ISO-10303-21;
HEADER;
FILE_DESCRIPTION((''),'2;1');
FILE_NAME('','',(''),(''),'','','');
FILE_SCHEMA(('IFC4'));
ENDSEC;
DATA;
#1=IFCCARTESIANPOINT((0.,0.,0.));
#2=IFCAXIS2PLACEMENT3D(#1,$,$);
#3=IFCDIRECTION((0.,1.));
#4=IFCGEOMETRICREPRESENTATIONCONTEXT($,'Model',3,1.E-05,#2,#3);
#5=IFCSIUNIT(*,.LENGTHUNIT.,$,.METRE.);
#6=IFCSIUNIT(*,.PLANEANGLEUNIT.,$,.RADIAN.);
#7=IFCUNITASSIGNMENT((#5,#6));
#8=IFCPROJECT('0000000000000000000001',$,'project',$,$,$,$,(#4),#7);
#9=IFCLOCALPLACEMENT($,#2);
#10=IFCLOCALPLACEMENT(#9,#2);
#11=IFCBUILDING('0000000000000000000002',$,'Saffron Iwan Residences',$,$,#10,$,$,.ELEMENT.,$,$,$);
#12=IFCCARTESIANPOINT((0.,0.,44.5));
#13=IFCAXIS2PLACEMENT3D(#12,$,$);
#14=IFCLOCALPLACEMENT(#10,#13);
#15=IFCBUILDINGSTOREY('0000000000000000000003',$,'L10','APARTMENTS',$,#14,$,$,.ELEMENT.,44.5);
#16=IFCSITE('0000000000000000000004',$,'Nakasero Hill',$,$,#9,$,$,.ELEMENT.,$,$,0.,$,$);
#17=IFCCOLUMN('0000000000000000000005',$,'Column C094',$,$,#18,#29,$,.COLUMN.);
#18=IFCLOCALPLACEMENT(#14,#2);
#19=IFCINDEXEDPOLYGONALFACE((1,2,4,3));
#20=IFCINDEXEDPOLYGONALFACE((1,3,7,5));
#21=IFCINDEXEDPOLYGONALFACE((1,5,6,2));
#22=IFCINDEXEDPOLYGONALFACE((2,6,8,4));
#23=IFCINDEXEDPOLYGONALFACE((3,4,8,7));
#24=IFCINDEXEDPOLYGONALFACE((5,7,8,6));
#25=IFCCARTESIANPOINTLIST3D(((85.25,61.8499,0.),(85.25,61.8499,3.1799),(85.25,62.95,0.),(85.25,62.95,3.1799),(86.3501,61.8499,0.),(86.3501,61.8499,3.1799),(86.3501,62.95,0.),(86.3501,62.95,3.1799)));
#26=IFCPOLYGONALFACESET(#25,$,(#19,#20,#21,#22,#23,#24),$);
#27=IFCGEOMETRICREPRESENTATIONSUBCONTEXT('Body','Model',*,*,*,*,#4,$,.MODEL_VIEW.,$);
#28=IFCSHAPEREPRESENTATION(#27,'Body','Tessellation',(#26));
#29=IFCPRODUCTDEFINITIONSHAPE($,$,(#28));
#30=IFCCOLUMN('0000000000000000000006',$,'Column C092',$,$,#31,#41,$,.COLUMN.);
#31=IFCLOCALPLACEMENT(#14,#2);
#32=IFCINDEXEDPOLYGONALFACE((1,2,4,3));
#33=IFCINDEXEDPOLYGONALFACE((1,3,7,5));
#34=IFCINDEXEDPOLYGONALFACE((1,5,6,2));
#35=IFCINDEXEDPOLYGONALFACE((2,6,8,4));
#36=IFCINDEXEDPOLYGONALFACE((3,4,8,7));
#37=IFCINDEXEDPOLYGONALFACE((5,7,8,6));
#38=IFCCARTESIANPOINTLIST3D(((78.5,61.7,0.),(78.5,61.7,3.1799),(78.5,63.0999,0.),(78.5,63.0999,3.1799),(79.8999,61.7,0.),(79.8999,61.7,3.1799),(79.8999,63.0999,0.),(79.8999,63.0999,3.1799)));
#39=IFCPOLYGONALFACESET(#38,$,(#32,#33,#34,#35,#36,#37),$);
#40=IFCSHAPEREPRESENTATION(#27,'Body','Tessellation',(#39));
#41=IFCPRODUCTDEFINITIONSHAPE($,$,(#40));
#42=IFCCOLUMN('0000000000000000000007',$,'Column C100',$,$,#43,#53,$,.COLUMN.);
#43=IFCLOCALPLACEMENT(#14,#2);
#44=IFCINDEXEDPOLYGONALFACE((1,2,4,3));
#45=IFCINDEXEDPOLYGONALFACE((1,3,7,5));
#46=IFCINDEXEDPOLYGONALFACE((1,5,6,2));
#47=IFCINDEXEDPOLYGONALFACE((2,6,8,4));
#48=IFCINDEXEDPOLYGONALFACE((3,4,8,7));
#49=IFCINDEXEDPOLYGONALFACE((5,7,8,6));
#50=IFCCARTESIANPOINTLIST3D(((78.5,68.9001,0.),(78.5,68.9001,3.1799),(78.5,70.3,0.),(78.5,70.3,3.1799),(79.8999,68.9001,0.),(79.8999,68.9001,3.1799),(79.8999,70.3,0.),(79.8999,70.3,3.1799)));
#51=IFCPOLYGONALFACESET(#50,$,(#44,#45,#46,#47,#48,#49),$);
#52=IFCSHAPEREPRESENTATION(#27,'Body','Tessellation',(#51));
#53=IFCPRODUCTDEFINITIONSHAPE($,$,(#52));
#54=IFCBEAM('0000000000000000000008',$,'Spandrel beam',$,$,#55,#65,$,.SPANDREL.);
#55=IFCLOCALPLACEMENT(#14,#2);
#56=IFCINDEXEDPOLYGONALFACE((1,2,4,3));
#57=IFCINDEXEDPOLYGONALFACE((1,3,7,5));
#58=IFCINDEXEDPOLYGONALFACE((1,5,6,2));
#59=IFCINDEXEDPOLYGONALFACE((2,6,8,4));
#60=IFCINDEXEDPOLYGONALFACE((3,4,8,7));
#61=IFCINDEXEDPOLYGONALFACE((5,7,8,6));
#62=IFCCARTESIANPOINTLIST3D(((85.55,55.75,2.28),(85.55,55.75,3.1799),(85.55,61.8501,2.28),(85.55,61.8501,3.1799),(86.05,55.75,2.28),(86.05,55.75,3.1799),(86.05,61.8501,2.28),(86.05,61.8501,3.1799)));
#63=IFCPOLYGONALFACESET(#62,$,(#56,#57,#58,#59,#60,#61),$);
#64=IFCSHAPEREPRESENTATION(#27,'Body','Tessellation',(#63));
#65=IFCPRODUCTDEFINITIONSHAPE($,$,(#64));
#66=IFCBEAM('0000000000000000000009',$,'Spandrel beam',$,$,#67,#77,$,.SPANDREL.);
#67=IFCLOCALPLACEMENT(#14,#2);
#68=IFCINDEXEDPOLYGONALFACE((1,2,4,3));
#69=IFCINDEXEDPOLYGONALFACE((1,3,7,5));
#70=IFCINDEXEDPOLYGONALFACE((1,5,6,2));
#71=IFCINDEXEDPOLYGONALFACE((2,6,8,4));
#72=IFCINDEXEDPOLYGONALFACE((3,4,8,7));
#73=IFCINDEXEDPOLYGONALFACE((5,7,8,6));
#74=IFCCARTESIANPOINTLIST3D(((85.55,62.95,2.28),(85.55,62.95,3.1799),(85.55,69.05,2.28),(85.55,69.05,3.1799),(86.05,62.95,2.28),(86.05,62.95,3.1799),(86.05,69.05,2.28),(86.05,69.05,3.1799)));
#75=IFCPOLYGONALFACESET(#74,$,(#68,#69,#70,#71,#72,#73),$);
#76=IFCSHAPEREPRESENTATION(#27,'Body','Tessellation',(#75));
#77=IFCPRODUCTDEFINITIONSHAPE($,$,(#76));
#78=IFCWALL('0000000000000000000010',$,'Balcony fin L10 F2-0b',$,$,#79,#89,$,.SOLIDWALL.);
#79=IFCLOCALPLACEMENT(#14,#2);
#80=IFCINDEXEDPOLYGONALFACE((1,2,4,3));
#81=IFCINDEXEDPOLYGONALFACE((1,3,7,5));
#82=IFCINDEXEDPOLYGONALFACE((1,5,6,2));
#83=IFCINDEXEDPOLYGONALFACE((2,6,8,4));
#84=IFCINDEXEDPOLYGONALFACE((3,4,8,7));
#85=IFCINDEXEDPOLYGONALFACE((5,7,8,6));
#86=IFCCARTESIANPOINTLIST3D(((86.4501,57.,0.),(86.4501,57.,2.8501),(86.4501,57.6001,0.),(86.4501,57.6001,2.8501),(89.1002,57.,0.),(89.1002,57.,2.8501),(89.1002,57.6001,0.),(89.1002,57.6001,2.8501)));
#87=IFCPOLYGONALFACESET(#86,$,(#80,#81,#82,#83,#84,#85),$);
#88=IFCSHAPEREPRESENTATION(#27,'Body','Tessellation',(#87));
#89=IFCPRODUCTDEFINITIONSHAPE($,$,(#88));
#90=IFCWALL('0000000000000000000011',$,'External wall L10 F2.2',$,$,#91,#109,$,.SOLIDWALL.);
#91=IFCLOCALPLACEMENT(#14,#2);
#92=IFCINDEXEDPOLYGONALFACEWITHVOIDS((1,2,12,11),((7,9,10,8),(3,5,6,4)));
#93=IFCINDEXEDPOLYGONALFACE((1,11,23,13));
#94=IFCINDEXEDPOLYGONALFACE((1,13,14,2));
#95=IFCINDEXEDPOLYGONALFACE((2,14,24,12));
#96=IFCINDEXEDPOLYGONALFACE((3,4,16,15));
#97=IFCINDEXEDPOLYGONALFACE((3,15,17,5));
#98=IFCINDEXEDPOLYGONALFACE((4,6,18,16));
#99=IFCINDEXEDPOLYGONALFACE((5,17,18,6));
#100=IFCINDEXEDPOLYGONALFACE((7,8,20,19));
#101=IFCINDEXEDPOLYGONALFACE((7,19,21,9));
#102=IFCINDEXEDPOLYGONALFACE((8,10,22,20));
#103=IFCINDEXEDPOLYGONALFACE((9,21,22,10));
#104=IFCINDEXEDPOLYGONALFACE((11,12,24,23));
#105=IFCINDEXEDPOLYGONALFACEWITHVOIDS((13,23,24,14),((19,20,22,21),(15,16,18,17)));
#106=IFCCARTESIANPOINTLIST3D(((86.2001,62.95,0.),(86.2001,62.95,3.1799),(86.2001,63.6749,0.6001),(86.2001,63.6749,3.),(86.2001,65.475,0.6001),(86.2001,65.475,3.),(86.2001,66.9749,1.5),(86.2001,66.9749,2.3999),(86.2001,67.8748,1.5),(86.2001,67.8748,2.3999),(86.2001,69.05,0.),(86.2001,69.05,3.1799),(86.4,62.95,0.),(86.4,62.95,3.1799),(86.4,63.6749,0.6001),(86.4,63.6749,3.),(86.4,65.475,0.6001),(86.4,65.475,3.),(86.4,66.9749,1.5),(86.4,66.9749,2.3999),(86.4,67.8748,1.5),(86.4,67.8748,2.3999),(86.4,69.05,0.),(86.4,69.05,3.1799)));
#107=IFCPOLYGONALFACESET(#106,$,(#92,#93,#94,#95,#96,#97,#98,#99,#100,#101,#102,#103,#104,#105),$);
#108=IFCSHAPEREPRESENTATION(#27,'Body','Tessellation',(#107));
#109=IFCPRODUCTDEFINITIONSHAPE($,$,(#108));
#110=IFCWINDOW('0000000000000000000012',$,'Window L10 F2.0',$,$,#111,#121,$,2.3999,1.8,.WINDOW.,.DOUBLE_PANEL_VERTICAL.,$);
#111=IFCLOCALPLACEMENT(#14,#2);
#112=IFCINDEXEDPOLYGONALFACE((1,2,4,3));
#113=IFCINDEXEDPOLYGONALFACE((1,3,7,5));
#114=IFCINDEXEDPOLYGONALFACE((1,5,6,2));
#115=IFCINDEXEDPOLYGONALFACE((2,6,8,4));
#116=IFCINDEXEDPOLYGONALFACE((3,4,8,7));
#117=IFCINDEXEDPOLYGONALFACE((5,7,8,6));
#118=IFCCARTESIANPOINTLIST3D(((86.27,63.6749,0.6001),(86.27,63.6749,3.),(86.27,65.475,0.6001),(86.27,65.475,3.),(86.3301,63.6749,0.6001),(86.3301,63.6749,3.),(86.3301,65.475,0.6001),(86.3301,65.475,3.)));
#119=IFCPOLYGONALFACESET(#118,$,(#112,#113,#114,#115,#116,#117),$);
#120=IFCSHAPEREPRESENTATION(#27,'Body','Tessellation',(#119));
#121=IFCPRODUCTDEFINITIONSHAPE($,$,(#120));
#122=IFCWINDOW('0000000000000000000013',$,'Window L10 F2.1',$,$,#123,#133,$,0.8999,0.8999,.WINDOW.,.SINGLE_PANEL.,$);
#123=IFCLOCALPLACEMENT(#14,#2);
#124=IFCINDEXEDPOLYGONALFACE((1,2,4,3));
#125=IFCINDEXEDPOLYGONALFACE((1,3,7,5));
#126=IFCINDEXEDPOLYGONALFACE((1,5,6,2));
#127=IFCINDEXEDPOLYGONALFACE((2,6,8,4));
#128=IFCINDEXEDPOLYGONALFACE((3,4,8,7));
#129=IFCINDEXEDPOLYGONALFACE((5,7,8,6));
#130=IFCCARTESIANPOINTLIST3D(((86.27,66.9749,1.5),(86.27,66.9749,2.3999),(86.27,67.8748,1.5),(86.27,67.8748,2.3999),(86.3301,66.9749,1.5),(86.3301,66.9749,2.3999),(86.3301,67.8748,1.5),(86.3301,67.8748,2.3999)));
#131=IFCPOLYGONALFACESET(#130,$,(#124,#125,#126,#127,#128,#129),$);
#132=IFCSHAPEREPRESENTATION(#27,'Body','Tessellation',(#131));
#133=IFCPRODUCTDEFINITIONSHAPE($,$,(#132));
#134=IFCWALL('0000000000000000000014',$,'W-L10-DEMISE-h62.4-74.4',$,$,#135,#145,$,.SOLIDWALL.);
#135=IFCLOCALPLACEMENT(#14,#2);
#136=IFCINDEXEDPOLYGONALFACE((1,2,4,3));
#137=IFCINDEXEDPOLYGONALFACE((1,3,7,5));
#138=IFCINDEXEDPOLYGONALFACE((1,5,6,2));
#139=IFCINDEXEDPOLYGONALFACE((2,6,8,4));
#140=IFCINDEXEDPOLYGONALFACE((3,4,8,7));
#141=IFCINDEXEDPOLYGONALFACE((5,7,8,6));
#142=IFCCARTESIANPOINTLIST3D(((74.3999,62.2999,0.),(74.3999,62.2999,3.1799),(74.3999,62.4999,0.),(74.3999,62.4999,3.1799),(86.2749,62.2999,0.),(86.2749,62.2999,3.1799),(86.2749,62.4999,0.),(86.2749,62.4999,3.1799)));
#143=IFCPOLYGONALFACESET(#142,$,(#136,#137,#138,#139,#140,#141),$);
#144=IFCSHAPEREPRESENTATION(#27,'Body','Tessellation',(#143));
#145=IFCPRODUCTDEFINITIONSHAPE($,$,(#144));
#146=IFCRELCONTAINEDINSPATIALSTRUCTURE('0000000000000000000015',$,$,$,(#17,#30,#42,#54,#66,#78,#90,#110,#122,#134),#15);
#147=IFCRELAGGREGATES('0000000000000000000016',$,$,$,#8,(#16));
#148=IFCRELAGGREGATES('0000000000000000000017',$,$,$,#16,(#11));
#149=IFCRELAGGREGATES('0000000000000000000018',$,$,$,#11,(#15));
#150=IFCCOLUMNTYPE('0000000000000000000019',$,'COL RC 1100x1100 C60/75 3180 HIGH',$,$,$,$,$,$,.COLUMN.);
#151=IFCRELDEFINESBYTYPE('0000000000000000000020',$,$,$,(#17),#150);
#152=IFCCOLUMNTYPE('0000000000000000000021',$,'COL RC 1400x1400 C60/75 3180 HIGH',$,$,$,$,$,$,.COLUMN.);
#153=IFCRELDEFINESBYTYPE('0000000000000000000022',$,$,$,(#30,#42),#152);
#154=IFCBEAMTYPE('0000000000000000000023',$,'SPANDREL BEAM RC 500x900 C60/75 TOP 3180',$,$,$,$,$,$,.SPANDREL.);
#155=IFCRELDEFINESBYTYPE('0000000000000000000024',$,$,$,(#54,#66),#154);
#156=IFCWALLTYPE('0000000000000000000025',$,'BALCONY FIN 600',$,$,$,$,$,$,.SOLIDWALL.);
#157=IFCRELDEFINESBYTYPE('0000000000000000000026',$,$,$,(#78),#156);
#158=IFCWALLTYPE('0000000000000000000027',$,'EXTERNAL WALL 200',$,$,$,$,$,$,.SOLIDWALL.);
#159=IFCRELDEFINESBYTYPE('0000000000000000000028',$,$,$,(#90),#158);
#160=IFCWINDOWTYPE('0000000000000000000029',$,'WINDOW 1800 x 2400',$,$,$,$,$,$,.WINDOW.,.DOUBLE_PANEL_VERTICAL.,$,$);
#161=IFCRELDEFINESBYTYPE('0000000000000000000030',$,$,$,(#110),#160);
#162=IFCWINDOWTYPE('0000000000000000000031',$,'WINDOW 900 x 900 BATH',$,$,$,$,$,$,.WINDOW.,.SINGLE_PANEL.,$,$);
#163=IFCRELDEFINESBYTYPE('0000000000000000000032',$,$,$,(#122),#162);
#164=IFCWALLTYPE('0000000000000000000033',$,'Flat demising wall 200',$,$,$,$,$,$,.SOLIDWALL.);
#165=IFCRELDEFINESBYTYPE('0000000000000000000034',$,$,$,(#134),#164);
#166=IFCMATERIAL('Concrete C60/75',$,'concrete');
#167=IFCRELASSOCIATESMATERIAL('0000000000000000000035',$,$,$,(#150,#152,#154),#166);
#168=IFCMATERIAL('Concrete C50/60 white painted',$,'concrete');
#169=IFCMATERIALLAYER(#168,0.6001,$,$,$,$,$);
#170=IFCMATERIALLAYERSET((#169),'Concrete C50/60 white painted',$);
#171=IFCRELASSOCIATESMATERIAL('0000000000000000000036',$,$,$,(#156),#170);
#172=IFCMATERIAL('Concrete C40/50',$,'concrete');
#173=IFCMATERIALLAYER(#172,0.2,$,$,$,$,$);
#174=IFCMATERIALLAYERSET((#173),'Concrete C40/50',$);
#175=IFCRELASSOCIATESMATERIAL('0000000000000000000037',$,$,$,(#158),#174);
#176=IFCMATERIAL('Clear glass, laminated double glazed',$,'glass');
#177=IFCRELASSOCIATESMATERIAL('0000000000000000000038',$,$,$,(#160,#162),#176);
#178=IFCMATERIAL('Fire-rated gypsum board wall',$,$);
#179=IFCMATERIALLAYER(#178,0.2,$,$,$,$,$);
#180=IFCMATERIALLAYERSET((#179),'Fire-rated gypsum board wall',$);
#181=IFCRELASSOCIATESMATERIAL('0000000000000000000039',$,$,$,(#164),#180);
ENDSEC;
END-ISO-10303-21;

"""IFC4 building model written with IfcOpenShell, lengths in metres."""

from ifc_helpers import new_model, si_unit, direction, frame, frame_2d, origin, origin_2d, place, context, subcontext, project, spatial, rectangle, extrude, source, transform, mapped, material, layer, layer_set, material_profile, profile_set, type_object, element, fill, save


model = new_model("IFC4")

# Units and contexts
model_context = context("Model", 3, precision=1e-05, world=origin(), true_north=direction((0.0, 1.0)))
body_context = subcontext(model_context, "Body", "Model", "MODEL_VIEW")
ifc_project = project(units=[si_unit("LENGTHUNIT", "METRE"), si_unit("PLANEANGLEUNIT", "RADIAN")], contexts=[model_context])

# Site, building, storey
site_placement = place(None, origin())
site = spatial("IfcSite", under=ifc_project, at=site_placement, Name="Nakasero Hill", CompositionType="ELEMENT", RefElevation=0.0)
building_placement = place(site_placement, origin())
building = spatial("IfcBuilding", under=site, at=building_placement, Name="Saffron Iwan Residences", CompositionType="ELEMENT")
storey_placement = place(building_placement, frame((0.0, 0.0, 44.5)))
storey = spatial("IfcBuildingStorey", under=building, at=storey_placement, Name="L10", Description="APARTMENTS", CompositionType="ELEMENT", Elevation=44.5)

# Columns
ifc_material_1 = material(Name="Concrete C60/75", Category="concrete")
ifc_material_profile_1 = material_profile(ifc_material_1, rectangle(XDim=1.1001, YDim=1.1001, at=origin_2d()), Name="RC 1100x1100")
ifc_profile_set_1 = profile_set([ifc_material_profile_1], Name="Concrete C60/75")
column_type_1 = type_object("IfcColumnType", Name="COL RC 1100x1100 C60/75 3180 HIGH", PredefinedType="COLUMN", material=ifc_profile_set_1)
shared_shape_1 = source(origin(), body_context, "Body", "SweptSolid", [
    extrude(rectangle(XDim=1.1001, YDim=1.1001, at=origin_2d()), origin(), (0.0, 0.0, 1.0), 3.1799),
])
column_placement = place(storey_placement, frame((85.8, 62.3999, 0.0), z_axis=(0.0, 0.0, 1.0), x_axis=(1.0, 0.0, 0.0)))
element("IfcColumn", 1, at=column_placement, inside=storey, type_object=column_type_1, Name="Column C094", PredefinedType="COLUMN", context=body_context, shape_type="MappedRepresentation", body=[
    mapped(shared_shape_1, transform((0.0, 0.0, 0.0))),
])
ifc_material_profile_2 = material_profile(ifc_material_1, rectangle(XDim=1.3999, YDim=1.3999, at=origin_2d()), Name="RC 1400x1400")
ifc_profile_set_2 = profile_set([ifc_material_profile_2], Name="Concrete C60/75")
column_type_2 = type_object("IfcColumnType", Name="COL RC 1400x1400 C60/75 3180 HIGH", PredefinedType="COLUMN", material=ifc_profile_set_2)
shared_shape_2 = source(origin(), body_context, "Body", "SweptSolid", [
    extrude(rectangle(XDim=1.3999, YDim=1.3999, at=origin_2d()), origin(), (0.0, 0.0, 1.0), 3.1799),
])
for number, where, z_axis, x_axis, name in (
    (2, (79.2, 62.3999, 0.0), (0.0, 0.0, 1.0), (1.0, 0.0, 0.0), "Column C092"),
    (3, (79.2, 69.6001, 0.0), (0.0, 0.0, 1.0), (1.0, 0.0, 0.0), "Column C100"),
):
    element("IfcColumn", number, at=place(storey_placement, frame(where, z_axis=z_axis, x_axis=x_axis)), inside=storey, type_object=column_type_2, Name=name, PredefinedType="COLUMN", context=body_context, shape_type="MappedRepresentation", body=[
        mapped(shared_shape_2, transform((0.0, 0.0, 0.0))),
    ])

# Beams
ifc_material_profile_3 = material_profile(ifc_material_1, rectangle(XDim=0.5, YDim=0.8999, at=origin_2d()), Name="RC 500x900")
ifc_profile_set_3 = profile_set([ifc_material_profile_3], Name="Concrete C60/75")
beam_type = type_object("IfcBeamType", Name="SPANDREL BEAM RC 500x900 C60/75 TOP 3180", PredefinedType="SPANDREL", material=ifc_profile_set_3)
shared_shape_3 = source(origin(), body_context, "Body", "SweptSolid", [
    extrude(rectangle(XDim=0.5, YDim=0.8999, at=origin_2d()), origin(), (0.0, 0.0, 1.0), 6.1001),
])
for number, where, z_axis, x_axis, name in (
    (4, (85.8, 61.8501, 2.73), (0.0, -1.0, 0.0), (1.0, 0.0, 0.0), "Spandrel beam"),
    (5, (85.8, 69.05, 2.73), (0.0, -1.0, 0.0), (1.0, 0.0, 0.0), "Spandrel beam"),
):
    element("IfcBeam", number, at=place(storey_placement, frame(where, z_axis=z_axis, x_axis=x_axis)), inside=storey, type_object=beam_type, Name=name, PredefinedType="SPANDREL", context=body_context, shape_type="MappedRepresentation", body=[
        mapped(shared_shape_3, transform((0.0, 0.0, 0.0))),
    ])

# Wall
ifc_material_2 = material(Name="Concrete C50/60 white painted", Category="concrete")
ifc_layer_1 = layer(ifc_material_2, 0.6001)
ifc_layer_set_1 = layer_set([ifc_layer_1], Name="Concrete C50/60 white painted")
wall_type_1 = type_object("IfcWallType", Name="BALCONY FIN 600", PredefinedType="SOLIDWALL", material=ifc_layer_set_1)
wall_1_placement = place(storey_placement, frame((86.45, 57.3, 0.0), z_axis=(0.0, 0.0, 1.0), x_axis=(1.0, 0.0, 0.0)))
element("IfcWall", 6, at=wall_1_placement, inside=storey, type_object=wall_type_1, Name="Balcony fin L10 F2-0b", PredefinedType="SOLIDWALL", context=body_context, shape_type="SweptSolid", body=[
    extrude(rectangle(XDim=2.6501, YDim=0.6001, at=frame_2d((1.3252, 0.0))), origin(), (0.0, 0.0, 1.0), 2.8501),
])

# Wall, openings, windows
ifc_material_3 = material(Name="Concrete C40/50", Category="concrete")
ifc_layer_2 = layer(ifc_material_3, 0.2)
ifc_layer_set_2 = layer_set([ifc_layer_2], Name="Concrete C40/50")
wall_type_2 = type_object("IfcWallType", Name="EXTERNAL WALL 200", PredefinedType="SOLIDWALL", material=ifc_layer_set_2)
wall_2_placement = place(storey_placement, frame((86.3, 62.95, 0.0), z_axis=(0.0, 0.0, 1.0), x_axis=(0.0, 1.0, 0.0)))
wall_2 = element("IfcWall", 7, at=wall_2_placement, inside=storey, type_object=wall_type_2, Name="External wall L10 F2.2", PredefinedType="SOLIDWALL", context=body_context, shape_type="SweptSolid", body=[
    extrude(rectangle(XDim=6.1001, YDim=0.2, at=frame_2d((3.05, 0.0))), origin(), (0.0, 0.0, 1.0), 3.1799),
])
opening_1_placement = place(wall_2_placement, frame((0.7251, 0.0, 0.6001)))
opening_1 = element("IfcOpeningElement", 8, at=opening_1_placement, cuts=wall_2, PredefinedType="OPENING", context=body_context, shape_type="SweptSolid", body=[
    extrude(rectangle(XDim=1.8, YDim=2.3999, at=frame_2d((0.8999, 1.2))), frame((0.0, 0.1099, 0.0), z_axis=(0.0, -1.0, 0.0), x_axis=(1.0, 0.0, 0.0)), (0.0, 0.0, 1.0), 0.22),
])
opening_2_placement = place(wall_2_placement, frame((4.0249, 0.0, 1.5)))
opening_2 = element("IfcOpeningElement", 9, at=opening_2_placement, cuts=wall_2, PredefinedType="OPENING", context=body_context, shape_type="SweptSolid", body=[
    extrude(rectangle(XDim=0.8999, YDim=0.8999, at=frame_2d((0.45, 0.45))), frame((0.0, 0.1099, 0.0), z_axis=(0.0, -1.0, 0.0), x_axis=(1.0, 0.0, 0.0)), (0.0, 0.0, 1.0), 0.22),
])
ifc_material_4 = material(Name="Clear glass, laminated double glazed", Category="glass")
window_type_1 = type_object("IfcWindowType", Name="WINDOW 1800 x 2400", PartitioningType="DOUBLE_PANEL_VERTICAL", PredefinedType="WINDOW", material=ifc_material_4)
window_1_placement = place(opening_1_placement, origin())
window_1 = element("IfcWindow", 10, at=window_1_placement, inside=storey, type_object=window_type_1, Name="Window L10 F2.0", OverallHeight=2.3999, OverallWidth=1.8, PartitioningType="DOUBLE_PANEL_VERTICAL", PredefinedType="WINDOW", context=body_context, shape_type="SweptSolid", body=[
    extrude(rectangle(XDim=1.8, YDim=2.3999, at=frame_2d((0.8999, 1.2))), frame((0.0, 0.03, 0.0), z_axis=(0.0, -1.0, 0.0), x_axis=(1.0, 0.0, 0.0)), (0.0, 0.0, 1.0), 0.0601),
])
fill(opening_1, window_1)
window_type_2 = type_object("IfcWindowType", Name="WINDOW 900 x 900 BATH", PartitioningType="SINGLE_PANEL", PredefinedType="WINDOW", material=ifc_material_4)
window_2_placement = place(opening_2_placement, origin())
window_2 = element("IfcWindow", 11, at=window_2_placement, inside=storey, type_object=window_type_2, Name="Window L10 F2.1", OverallHeight=0.8999, OverallWidth=0.8999, PartitioningType="SINGLE_PANEL", PredefinedType="WINDOW", context=body_context, shape_type="SweptSolid", body=[
    extrude(rectangle(XDim=0.8999, YDim=0.8999, at=frame_2d((0.45, 0.45))), frame((0.0, 0.03, 0.0), z_axis=(0.0, -1.0, 0.0), x_axis=(1.0, 0.0, 0.0)), (0.0, 0.0, 1.0), 0.0601),
])
fill(opening_2, window_2)

# Wall
ifc_material_5 = material(Name="Fire-rated gypsum board wall")
ifc_layer_3 = layer(ifc_material_5, 0.2)
ifc_layer_set_3 = layer_set([ifc_layer_3], Name="Fire-rated gypsum board wall")
wall_type_3 = type_object("IfcWallType", Name="Flat demising wall 200", PredefinedType="SOLIDWALL", material=ifc_layer_set_3)
wall_3_placement = place(storey_placement, frame((74.3999, 62.3999, 0.0), z_axis=(0.0, 0.0, 1.0), x_axis=(1.0, 0.0, 0.0)))
element("IfcWall", 12, at=wall_3_placement, inside=storey, type_object=wall_type_3, Name="W-L10-DEMISE-h62.4-74.4", PredefinedType="SOLIDWALL", context=body_context, shape_type="SweptSolid", body=[
    extrude(rectangle(XDim=11.875, YDim=0.2, at=frame_2d((5.9375, 0.0))), origin(), (0.0, 0.0, 1.0), 3.1799),
])

save(model, "model.ifc")
